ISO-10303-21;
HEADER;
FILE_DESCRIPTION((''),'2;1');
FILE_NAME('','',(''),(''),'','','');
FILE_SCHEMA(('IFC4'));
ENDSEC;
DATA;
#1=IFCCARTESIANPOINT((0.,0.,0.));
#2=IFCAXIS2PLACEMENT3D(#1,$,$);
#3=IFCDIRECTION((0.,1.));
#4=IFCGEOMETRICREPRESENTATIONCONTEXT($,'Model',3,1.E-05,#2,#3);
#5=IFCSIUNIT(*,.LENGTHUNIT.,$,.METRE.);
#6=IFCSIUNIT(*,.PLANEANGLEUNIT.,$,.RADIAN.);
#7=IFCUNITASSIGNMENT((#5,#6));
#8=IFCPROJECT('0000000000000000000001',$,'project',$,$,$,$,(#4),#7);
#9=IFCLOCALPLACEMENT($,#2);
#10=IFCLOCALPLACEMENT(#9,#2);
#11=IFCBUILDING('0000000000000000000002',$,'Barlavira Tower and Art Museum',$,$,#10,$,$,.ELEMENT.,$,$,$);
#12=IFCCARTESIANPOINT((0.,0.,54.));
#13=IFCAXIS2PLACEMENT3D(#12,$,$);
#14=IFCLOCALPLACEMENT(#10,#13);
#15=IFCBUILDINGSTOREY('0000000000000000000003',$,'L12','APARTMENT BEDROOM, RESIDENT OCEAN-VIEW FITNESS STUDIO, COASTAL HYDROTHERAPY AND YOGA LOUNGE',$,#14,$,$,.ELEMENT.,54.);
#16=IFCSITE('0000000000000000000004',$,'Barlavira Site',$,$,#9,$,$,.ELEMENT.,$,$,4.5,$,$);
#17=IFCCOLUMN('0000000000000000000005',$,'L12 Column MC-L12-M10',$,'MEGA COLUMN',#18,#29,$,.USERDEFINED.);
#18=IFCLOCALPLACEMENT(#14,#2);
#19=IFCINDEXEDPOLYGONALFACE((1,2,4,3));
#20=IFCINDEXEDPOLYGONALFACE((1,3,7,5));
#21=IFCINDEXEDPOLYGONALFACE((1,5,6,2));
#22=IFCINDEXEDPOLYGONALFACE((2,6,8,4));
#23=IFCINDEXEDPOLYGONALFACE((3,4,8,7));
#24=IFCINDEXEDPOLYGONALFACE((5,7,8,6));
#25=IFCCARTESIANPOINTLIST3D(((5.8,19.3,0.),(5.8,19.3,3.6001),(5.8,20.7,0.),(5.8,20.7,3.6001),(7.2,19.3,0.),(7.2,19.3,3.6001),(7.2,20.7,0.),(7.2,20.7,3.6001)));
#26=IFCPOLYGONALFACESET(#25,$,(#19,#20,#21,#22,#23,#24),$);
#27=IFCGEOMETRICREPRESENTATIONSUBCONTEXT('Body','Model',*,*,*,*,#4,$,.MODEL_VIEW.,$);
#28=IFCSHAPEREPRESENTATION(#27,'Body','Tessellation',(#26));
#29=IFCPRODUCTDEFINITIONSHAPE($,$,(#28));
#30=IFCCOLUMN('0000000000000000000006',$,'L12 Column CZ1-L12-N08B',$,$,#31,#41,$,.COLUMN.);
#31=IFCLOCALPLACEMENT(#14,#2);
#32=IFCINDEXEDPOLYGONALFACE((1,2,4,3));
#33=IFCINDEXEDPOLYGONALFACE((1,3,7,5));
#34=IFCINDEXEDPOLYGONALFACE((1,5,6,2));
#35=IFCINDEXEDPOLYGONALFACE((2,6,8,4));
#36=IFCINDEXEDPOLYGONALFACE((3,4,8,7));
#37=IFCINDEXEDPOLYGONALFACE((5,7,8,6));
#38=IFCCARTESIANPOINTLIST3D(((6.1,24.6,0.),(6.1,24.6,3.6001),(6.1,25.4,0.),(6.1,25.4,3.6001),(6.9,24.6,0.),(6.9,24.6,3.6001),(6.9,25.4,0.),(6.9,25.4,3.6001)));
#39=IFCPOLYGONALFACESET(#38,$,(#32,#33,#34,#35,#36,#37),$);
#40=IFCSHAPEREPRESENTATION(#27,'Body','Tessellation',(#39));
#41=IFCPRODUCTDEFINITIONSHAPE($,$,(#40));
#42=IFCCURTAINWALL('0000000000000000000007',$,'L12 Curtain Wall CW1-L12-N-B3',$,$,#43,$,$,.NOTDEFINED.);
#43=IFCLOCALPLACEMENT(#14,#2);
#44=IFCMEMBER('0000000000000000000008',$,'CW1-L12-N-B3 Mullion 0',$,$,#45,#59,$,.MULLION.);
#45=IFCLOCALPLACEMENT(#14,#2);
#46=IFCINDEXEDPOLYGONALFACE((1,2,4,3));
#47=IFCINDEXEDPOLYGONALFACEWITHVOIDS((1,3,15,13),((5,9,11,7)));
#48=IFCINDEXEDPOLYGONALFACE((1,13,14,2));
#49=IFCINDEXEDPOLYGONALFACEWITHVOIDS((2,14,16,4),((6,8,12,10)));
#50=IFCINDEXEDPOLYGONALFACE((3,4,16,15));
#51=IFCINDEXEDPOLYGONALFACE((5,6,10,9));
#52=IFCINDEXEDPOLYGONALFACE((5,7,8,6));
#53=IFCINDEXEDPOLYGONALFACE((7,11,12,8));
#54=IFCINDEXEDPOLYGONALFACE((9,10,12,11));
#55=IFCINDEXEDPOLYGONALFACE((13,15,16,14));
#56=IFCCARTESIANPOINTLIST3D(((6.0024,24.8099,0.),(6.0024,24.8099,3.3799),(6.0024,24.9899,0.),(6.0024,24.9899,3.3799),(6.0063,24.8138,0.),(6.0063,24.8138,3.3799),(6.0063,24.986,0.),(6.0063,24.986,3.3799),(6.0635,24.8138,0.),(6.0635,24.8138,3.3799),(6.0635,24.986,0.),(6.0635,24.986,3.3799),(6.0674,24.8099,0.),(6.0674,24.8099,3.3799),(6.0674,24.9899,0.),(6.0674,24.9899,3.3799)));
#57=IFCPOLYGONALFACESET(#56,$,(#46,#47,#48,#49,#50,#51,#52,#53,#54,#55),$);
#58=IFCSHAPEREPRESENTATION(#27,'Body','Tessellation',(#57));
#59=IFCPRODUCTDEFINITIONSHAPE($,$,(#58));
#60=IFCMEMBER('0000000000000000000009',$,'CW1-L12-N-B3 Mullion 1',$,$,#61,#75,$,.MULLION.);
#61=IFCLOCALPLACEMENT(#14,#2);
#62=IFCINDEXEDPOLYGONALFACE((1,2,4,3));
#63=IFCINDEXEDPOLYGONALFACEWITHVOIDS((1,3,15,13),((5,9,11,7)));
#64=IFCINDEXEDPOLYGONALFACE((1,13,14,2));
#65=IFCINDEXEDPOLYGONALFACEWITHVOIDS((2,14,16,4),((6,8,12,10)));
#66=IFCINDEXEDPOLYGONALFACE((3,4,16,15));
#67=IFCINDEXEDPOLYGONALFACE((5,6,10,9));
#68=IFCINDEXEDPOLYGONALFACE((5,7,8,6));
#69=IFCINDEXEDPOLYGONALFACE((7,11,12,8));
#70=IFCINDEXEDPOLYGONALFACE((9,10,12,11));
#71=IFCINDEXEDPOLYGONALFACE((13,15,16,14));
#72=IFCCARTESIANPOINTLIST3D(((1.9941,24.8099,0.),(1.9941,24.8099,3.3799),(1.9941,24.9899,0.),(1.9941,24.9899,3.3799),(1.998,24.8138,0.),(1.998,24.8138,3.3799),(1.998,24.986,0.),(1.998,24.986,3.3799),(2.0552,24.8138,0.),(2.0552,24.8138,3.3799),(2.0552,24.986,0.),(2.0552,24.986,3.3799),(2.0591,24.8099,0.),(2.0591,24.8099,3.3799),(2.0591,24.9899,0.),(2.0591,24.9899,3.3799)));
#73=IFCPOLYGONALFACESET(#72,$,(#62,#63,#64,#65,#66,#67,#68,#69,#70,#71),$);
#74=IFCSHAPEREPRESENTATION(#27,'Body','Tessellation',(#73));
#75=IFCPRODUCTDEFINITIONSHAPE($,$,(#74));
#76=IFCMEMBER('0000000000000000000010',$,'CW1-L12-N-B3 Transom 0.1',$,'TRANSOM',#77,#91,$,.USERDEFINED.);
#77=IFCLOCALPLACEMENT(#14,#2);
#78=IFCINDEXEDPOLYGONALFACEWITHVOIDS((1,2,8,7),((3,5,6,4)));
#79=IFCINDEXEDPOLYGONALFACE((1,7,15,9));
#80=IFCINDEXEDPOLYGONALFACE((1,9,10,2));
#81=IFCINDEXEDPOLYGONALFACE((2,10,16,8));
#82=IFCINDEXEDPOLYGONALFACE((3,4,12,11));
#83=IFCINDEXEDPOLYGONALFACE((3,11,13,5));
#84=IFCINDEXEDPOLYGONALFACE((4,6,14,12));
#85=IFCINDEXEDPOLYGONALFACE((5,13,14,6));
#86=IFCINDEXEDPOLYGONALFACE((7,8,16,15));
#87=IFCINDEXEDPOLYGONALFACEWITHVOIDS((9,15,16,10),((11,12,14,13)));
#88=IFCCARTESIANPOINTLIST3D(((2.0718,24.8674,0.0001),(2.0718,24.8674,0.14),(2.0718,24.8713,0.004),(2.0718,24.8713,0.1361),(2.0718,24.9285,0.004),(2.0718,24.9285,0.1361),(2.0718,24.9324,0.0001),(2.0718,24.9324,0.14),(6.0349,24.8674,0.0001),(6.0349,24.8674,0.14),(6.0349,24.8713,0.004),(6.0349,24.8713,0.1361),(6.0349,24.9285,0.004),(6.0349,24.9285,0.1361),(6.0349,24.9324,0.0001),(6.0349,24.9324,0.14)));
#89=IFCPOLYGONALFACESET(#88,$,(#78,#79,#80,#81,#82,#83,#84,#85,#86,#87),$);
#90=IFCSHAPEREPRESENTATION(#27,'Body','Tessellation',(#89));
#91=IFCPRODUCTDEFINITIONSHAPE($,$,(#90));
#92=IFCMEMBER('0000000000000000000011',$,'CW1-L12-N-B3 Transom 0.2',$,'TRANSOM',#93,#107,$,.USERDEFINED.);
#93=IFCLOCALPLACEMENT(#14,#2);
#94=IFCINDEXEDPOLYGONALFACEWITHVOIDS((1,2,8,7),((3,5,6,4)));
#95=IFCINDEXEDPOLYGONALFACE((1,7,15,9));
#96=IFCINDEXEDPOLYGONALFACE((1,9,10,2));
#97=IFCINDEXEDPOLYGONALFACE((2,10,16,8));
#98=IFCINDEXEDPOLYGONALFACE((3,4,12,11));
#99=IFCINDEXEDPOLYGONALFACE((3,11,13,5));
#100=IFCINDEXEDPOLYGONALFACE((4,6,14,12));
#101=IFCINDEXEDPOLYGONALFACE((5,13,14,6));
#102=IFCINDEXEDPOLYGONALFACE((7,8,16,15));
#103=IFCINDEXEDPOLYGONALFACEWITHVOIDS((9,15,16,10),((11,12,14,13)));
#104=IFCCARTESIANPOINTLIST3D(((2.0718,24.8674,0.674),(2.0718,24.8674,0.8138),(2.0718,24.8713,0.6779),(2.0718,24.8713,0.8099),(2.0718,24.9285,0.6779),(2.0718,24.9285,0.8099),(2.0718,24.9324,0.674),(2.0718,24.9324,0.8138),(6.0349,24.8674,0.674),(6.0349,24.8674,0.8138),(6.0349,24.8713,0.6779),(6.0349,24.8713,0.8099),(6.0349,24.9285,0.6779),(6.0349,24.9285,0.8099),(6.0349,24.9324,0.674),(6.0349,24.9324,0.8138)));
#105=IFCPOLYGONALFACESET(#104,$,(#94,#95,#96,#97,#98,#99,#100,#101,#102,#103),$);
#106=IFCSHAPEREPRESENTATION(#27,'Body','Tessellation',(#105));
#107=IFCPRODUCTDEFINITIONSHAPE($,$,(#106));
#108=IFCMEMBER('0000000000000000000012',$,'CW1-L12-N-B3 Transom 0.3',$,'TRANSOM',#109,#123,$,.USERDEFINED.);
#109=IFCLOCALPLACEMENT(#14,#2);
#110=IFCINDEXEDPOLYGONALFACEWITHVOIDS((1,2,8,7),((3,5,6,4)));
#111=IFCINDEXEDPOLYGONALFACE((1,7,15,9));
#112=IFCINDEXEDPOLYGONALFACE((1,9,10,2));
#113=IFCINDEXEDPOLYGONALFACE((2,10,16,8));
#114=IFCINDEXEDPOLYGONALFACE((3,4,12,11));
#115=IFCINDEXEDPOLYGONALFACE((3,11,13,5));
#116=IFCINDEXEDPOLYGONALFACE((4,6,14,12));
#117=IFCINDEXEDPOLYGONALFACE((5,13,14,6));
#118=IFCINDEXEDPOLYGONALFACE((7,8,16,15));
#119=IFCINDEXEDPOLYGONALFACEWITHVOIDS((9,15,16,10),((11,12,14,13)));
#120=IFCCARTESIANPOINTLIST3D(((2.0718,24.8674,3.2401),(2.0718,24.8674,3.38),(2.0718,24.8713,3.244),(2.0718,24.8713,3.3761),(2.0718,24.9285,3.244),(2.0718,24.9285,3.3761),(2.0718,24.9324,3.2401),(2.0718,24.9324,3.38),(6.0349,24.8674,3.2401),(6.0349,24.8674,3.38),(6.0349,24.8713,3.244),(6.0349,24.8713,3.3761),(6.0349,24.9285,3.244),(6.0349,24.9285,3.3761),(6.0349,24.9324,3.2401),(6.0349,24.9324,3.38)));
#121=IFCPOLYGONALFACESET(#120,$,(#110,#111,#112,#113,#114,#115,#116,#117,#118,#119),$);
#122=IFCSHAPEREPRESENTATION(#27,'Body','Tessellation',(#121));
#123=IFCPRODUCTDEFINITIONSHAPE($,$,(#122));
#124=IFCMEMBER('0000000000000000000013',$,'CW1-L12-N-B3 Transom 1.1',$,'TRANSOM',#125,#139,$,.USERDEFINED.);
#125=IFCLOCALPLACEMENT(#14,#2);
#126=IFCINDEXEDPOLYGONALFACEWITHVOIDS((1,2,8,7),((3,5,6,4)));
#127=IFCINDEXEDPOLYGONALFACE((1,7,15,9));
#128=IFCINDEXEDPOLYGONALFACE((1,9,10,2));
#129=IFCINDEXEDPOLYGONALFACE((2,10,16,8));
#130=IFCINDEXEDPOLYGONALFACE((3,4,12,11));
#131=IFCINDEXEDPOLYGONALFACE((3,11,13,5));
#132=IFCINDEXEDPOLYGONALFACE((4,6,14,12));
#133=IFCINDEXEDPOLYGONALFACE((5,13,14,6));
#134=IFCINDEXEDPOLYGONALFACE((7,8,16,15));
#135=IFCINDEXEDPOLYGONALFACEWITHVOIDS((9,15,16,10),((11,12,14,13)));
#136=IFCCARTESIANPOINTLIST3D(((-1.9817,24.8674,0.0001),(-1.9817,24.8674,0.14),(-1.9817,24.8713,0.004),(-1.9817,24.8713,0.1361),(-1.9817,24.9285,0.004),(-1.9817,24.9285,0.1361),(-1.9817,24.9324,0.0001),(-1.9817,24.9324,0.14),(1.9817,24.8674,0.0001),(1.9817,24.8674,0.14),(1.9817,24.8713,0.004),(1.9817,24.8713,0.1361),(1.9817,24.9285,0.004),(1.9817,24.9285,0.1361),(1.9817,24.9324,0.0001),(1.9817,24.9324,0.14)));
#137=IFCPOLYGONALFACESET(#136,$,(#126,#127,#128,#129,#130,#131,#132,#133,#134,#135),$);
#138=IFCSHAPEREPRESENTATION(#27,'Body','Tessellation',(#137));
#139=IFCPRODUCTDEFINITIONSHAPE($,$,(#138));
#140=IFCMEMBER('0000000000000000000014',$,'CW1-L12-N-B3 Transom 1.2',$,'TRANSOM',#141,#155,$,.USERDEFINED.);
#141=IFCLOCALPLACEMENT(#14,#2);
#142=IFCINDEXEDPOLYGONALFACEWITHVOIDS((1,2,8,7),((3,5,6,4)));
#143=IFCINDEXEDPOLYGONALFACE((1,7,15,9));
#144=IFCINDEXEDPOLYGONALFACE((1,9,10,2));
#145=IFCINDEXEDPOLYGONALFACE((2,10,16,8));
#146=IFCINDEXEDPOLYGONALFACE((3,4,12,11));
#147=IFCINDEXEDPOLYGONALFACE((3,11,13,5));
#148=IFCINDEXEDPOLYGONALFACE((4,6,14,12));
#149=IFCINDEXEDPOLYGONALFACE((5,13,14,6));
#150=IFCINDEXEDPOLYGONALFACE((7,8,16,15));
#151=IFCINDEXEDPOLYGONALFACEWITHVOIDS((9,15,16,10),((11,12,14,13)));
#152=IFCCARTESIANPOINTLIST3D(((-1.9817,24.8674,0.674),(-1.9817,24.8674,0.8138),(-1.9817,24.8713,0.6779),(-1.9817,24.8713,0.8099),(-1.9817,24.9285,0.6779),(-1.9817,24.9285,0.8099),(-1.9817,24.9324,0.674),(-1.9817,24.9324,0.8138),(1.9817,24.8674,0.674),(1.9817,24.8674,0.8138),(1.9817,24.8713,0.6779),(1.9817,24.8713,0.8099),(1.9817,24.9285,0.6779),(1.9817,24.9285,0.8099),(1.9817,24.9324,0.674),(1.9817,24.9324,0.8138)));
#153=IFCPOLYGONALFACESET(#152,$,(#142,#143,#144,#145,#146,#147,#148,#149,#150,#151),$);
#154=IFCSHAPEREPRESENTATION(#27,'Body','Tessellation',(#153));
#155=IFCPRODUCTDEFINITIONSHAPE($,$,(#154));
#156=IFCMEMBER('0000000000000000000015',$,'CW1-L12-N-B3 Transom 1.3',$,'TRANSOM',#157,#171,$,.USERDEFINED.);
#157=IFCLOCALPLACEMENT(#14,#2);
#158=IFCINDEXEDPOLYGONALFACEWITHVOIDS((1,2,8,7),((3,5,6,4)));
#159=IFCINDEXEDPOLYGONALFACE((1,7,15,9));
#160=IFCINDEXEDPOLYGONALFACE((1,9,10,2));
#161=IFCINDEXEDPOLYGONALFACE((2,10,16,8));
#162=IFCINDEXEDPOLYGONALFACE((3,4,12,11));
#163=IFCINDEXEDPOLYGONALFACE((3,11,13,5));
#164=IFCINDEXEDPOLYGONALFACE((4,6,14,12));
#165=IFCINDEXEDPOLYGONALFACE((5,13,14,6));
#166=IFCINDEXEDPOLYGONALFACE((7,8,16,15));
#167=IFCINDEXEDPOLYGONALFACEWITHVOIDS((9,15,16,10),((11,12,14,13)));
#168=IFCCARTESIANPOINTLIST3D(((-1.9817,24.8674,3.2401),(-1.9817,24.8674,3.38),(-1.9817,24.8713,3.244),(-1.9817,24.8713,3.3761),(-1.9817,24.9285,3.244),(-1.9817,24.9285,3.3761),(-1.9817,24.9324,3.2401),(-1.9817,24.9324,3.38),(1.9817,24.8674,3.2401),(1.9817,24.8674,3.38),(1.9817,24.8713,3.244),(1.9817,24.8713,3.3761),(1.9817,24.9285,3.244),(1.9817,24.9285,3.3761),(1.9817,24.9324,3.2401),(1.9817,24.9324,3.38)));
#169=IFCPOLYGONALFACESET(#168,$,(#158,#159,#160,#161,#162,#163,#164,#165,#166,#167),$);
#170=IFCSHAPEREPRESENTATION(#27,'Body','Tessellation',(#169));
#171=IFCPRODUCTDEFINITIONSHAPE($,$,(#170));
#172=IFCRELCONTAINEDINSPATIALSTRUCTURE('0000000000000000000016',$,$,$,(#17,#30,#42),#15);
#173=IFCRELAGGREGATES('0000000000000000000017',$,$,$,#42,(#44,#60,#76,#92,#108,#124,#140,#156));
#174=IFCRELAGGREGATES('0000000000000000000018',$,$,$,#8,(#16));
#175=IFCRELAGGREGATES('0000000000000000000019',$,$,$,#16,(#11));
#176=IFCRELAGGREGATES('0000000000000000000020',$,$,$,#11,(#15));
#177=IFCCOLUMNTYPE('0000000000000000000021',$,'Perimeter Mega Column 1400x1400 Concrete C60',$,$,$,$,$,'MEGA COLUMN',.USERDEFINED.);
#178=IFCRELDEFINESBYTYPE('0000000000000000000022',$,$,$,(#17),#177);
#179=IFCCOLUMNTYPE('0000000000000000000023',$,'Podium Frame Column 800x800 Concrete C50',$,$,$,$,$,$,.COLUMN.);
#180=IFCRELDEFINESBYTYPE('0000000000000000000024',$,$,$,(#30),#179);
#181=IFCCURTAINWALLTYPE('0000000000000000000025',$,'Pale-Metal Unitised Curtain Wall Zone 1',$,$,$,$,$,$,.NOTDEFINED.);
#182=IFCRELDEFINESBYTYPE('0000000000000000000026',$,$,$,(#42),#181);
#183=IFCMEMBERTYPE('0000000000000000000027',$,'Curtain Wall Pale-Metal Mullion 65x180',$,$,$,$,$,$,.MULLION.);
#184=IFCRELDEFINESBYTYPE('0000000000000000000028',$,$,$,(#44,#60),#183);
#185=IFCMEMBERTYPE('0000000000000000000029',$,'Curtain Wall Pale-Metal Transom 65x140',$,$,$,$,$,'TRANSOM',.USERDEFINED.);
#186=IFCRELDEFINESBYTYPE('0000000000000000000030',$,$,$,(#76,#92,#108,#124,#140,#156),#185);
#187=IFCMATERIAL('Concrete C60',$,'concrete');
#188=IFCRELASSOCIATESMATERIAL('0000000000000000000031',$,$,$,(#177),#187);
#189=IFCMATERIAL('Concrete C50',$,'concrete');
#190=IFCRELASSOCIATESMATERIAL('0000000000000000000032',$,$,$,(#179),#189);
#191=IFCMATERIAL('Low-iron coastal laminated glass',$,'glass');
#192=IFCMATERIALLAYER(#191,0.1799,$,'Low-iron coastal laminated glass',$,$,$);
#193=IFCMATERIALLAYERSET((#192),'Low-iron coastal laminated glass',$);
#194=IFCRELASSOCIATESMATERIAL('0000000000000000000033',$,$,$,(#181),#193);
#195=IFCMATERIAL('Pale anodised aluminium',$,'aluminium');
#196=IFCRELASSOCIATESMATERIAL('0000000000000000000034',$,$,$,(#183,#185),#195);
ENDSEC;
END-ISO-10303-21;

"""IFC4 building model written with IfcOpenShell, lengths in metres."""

from ifc_helpers import new_model, si_unit, direction, frame, origin, origin_2d, place, context, subcontext, project, spatial, rectangle, hollow_rectangle, extrude, material, layer, layer_set, material_profile, profile_set, type_object, element, aggregate, save


model = new_model("IFC4")

# Units and contexts
model_context = context("Model", 3, precision=1e-05, world=origin(), true_north=direction((0.0, 1.0)))
body_context = subcontext(model_context, "Body", "Model", "MODEL_VIEW")
ifc_project = project(units=[si_unit("LENGTHUNIT", "METRE"), si_unit("PLANEANGLEUNIT", "RADIAN")], contexts=[model_context])

# Site, building, storey
site_placement = place(None, origin())
site = spatial("IfcSite", under=ifc_project, at=site_placement, Name="Barlavira Site", CompositionType="ELEMENT", RefElevation=4.5)
building_placement = place(site_placement, origin())
building = spatial("IfcBuilding", under=site, at=building_placement, Name="Barlavira Tower and Art Museum", CompositionType="ELEMENT")
storey_placement = place(building_placement, frame((0.0, 0.0, 54.0)))
storey = spatial("IfcBuildingStorey", under=building, at=storey_placement, Name="L12", Description="APARTMENT BEDROOM, RESIDENT OCEAN-VIEW FITNESS STUDIO, COASTAL HYDROTHERAPY AND YOGA LOUNGE", CompositionType="ELEMENT", Elevation=54.0)

# Columns
ifc_material_1 = material(Name="Concrete C60", Category="concrete")
ifc_material_profile_1 = material_profile(ifc_material_1, rectangle(XDim=1.3999, YDim=1.3999, at=origin_2d()), Name="RC-MCOL 1400x1400")
ifc_profile_set_1 = profile_set([ifc_material_profile_1], Name="Concrete C60")
column_type_1 = type_object("IfcColumnType", Name="Perimeter Mega Column 1400x1400 Concrete C60", ElementType="MEGA COLUMN", PredefinedType="USERDEFINED", material=ifc_profile_set_1)
column_1_placement = place(storey_placement, frame((6.5, 20.0, 0.0), z_axis=(0.0, 0.0, 1.0), x_axis=(1.0, 0.0, 0.0)))
element("IfcColumn", 1, at=column_1_placement, inside=storey, type_object=column_type_1, Name="L12 Column MC-L12-M10", ObjectType="MEGA COLUMN", PredefinedType="USERDEFINED", context=body_context, shape_type="SweptSolid", body=[
    extrude(rectangle(XDim=1.3999, YDim=1.3999, at=origin_2d()), origin(), (0.0, 0.0, 1.0), 3.6001),
])
ifc_material_2 = material(Name="Concrete C50", Category="concrete")
ifc_material_profile_2 = material_profile(ifc_material_2, rectangle(XDim=0.8, YDim=0.8, at=origin_2d()), Name="RC-COL 800x800")
ifc_profile_set_2 = profile_set([ifc_material_profile_2], Name="Concrete C50")
column_type_2 = type_object("IfcColumnType", Name="Podium Frame Column 800x800 Concrete C50", PredefinedType="COLUMN", material=ifc_profile_set_2)
column_2_placement = place(storey_placement, frame((6.5, 25.0, 0.0), z_axis=(0.0, 0.0, 1.0), x_axis=(1.0, 0.0, 0.0)))
element("IfcColumn", 2, at=column_2_placement, inside=storey, type_object=column_type_2, Name="L12 Column CZ1-L12-N08B", PredefinedType="COLUMN", context=body_context, shape_type="SweptSolid", body=[
    extrude(rectangle(XDim=0.8, YDim=0.8, at=origin_2d()), origin(), (0.0, 0.0, 1.0), 3.6001),
])

# Curtain wall, members
ifc_material_3 = material(Name="Low-iron coastal laminated glass", Category="glass")
ifc_layer_1 = layer(ifc_material_3, 0.1799, Name="Low-iron coastal laminated glass")
ifc_layer_set_1 = layer_set([ifc_layer_1], Name="Low-iron coastal laminated glass")
curtain_wall_type = type_object("IfcCurtainWallType", Name="Pale-Metal Unitised Curtain Wall Zone 1", PredefinedType="NOTDEFINED", material=ifc_layer_set_1)
curtain_wall_placement = place(storey_placement, origin())
curtain_wall = element("IfcCurtainWall", 3, at=curtain_wall_placement, inside=storey, type_object=curtain_wall_type, Name="L12 Curtain Wall CW1-L12-N-B3", PredefinedType="NOTDEFINED")
ifc_material_4 = material(Name="Pale anodised aluminium", Category="aluminium")
ifc_material_profile_3 = material_profile(ifc_material_4, hollow_rectangle(XDim=0.0649, YDim=0.1799, WallThickness=0.0039, at=origin_2d()), Name="ALU-MULL 65x180x4")
ifc_profile_set_3 = profile_set([ifc_material_profile_3], Name="Pale anodised aluminium")
member_type_1 = type_object("IfcMemberType", Name="Curtain Wall Pale-Metal Mullion 65x180", PredefinedType="MULLION", material=ifc_profile_set_3)
member_1_placement = place(storey_placement, frame((6.0349, 24.8999, 0.0), z_axis=(0.0, 0.0, 1.0), x_axis=(-1.0, 0.0, 0.0)))
member_1 = element("IfcMember", 4, at=member_1_placement, type_object=member_type_1, Name="CW1-L12-N-B3 Mullion 0", PredefinedType="MULLION", context=body_context, shape_type="SweptSolid", body=[
    extrude(hollow_rectangle(XDim=0.0649, YDim=0.1799, WallThickness=0.0039, at=origin_2d()), origin(), (0.0, 0.0, 1.0), 3.3799),
])
member_2_placement = place(storey_placement, frame((2.0266, 24.8999, 0.0), z_axis=(0.0, 0.0, 1.0), x_axis=(-1.0, 0.0, 0.0)))
member_2 = element("IfcMember", 5, at=member_2_placement, type_object=member_type_1, Name="CW1-L12-N-B3 Mullion 1", PredefinedType="MULLION", context=body_context, shape_type="SweptSolid", body=[
    extrude(hollow_rectangle(XDim=0.0649, YDim=0.1799, WallThickness=0.0039, at=origin_2d()), origin(), (0.0, 0.0, 1.0), 3.3799),
])
ifc_material_profile_4 = material_profile(ifc_material_4, hollow_rectangle(XDim=0.0649, YDim=0.1399, WallThickness=0.0039, at=origin_2d()), Name="ALU-TRAN 65x140x4")
ifc_profile_set_4 = profile_set([ifc_material_profile_4], Name="Pale anodised aluminium")
member_type_2 = type_object("IfcMemberType", Name="Curtain Wall Pale-Metal Transom 65x140", ElementType="TRANSOM", PredefinedType="USERDEFINED", material=ifc_profile_set_4)
member_3_placement = place(storey_placement, frame((6.0349, 24.8999, 0.0701), z_axis=(-1.0, 0.0, 0.0), x_axis=(0.0, -1.0, 0.0)))
member_3 = element("IfcMember", 6, at=member_3_placement, type_object=member_type_2, Name="CW1-L12-N-B3 Transom 0.1", ObjectType="TRANSOM", PredefinedType="USERDEFINED", context=body_context, shape_type="SweptSolid", body=[
    extrude(hollow_rectangle(XDim=0.0649, YDim=0.1399, WallThickness=0.0039, at=origin_2d()), origin(), (0.0, 0.0, 1.0), 3.9631),
])
member_4_placement = place(storey_placement, frame((6.0349, 24.8999, 0.7439), z_axis=(-1.0, 0.0, 0.0), x_axis=(0.0, -1.0, 0.0)))
member_4 = element("IfcMember", 7, at=member_4_placement, type_object=member_type_2, Name="CW1-L12-N-B3 Transom 0.2", ObjectType="TRANSOM", PredefinedType="USERDEFINED", context=body_context, shape_type="SweptSolid", body=[
    extrude(hollow_rectangle(XDim=0.0649, YDim=0.1399, WallThickness=0.0039, at=origin_2d()), origin(), (0.0, 0.0, 1.0), 3.9631),
])
member_5_placement = place(storey_placement, frame((6.0349, 24.8999, 3.3101), z_axis=(-1.0, 0.0, 0.0), x_axis=(0.0, -1.0, 0.0)))
member_5 = element("IfcMember", 8, at=member_5_placement, type_object=member_type_2, Name="CW1-L12-N-B3 Transom 0.3", ObjectType="TRANSOM", PredefinedType="USERDEFINED", context=body_context, shape_type="SweptSolid", body=[
    extrude(hollow_rectangle(XDim=0.0649, YDim=0.1399, WallThickness=0.0039, at=origin_2d()), origin(), (0.0, 0.0, 1.0), 3.9631),
])
member_6_placement = place(storey_placement, frame((1.9817, 24.8999, 0.0701), z_axis=(-1.0, 0.0, 0.0), x_axis=(0.0, -1.0, 0.0)))
member_6 = element("IfcMember", 9, at=member_6_placement, type_object=member_type_2, Name="CW1-L12-N-B3 Transom 1.1", ObjectType="TRANSOM", PredefinedType="USERDEFINED", context=body_context, shape_type="SweptSolid", body=[
    extrude(hollow_rectangle(XDim=0.0649, YDim=0.1399, WallThickness=0.0039, at=origin_2d()), origin(), (0.0, 0.0, 1.0), 3.9634),
])
member_7_placement = place(storey_placement, frame((1.9817, 24.8999, 0.7439), z_axis=(-1.0, 0.0, 0.0), x_axis=(0.0, -1.0, 0.0)))
member_7 = element("IfcMember", 10, at=member_7_placement, type_object=member_type_2, Name="CW1-L12-N-B3 Transom 1.2", ObjectType="TRANSOM", PredefinedType="USERDEFINED", context=body_context, shape_type="SweptSolid", body=[
    extrude(hollow_rectangle(XDim=0.0649, YDim=0.1399, WallThickness=0.0039, at=origin_2d()), origin(), (0.0, 0.0, 1.0), 3.9634),
])
member_8_placement = place(storey_placement, frame((1.9817, 24.8999, 3.3101), z_axis=(-1.0, 0.0, 0.0), x_axis=(0.0, -1.0, 0.0)))
member_8 = element("IfcMember", 11, at=member_8_placement, type_object=member_type_2, Name="CW1-L12-N-B3 Transom 1.3", ObjectType="TRANSOM", PredefinedType="USERDEFINED", context=body_context, shape_type="SweptSolid", body=[
    extrude(hollow_rectangle(XDim=0.0649, YDim=0.1399, WallThickness=0.0039, at=origin_2d()), origin(), (0.0, 0.0, 1.0), 3.9634),
])

aggregate(curtain_wall, [member_1, member_2, member_3, member_4, member_5, member_6, member_7, member_8])

save(model, "model.ifc")
